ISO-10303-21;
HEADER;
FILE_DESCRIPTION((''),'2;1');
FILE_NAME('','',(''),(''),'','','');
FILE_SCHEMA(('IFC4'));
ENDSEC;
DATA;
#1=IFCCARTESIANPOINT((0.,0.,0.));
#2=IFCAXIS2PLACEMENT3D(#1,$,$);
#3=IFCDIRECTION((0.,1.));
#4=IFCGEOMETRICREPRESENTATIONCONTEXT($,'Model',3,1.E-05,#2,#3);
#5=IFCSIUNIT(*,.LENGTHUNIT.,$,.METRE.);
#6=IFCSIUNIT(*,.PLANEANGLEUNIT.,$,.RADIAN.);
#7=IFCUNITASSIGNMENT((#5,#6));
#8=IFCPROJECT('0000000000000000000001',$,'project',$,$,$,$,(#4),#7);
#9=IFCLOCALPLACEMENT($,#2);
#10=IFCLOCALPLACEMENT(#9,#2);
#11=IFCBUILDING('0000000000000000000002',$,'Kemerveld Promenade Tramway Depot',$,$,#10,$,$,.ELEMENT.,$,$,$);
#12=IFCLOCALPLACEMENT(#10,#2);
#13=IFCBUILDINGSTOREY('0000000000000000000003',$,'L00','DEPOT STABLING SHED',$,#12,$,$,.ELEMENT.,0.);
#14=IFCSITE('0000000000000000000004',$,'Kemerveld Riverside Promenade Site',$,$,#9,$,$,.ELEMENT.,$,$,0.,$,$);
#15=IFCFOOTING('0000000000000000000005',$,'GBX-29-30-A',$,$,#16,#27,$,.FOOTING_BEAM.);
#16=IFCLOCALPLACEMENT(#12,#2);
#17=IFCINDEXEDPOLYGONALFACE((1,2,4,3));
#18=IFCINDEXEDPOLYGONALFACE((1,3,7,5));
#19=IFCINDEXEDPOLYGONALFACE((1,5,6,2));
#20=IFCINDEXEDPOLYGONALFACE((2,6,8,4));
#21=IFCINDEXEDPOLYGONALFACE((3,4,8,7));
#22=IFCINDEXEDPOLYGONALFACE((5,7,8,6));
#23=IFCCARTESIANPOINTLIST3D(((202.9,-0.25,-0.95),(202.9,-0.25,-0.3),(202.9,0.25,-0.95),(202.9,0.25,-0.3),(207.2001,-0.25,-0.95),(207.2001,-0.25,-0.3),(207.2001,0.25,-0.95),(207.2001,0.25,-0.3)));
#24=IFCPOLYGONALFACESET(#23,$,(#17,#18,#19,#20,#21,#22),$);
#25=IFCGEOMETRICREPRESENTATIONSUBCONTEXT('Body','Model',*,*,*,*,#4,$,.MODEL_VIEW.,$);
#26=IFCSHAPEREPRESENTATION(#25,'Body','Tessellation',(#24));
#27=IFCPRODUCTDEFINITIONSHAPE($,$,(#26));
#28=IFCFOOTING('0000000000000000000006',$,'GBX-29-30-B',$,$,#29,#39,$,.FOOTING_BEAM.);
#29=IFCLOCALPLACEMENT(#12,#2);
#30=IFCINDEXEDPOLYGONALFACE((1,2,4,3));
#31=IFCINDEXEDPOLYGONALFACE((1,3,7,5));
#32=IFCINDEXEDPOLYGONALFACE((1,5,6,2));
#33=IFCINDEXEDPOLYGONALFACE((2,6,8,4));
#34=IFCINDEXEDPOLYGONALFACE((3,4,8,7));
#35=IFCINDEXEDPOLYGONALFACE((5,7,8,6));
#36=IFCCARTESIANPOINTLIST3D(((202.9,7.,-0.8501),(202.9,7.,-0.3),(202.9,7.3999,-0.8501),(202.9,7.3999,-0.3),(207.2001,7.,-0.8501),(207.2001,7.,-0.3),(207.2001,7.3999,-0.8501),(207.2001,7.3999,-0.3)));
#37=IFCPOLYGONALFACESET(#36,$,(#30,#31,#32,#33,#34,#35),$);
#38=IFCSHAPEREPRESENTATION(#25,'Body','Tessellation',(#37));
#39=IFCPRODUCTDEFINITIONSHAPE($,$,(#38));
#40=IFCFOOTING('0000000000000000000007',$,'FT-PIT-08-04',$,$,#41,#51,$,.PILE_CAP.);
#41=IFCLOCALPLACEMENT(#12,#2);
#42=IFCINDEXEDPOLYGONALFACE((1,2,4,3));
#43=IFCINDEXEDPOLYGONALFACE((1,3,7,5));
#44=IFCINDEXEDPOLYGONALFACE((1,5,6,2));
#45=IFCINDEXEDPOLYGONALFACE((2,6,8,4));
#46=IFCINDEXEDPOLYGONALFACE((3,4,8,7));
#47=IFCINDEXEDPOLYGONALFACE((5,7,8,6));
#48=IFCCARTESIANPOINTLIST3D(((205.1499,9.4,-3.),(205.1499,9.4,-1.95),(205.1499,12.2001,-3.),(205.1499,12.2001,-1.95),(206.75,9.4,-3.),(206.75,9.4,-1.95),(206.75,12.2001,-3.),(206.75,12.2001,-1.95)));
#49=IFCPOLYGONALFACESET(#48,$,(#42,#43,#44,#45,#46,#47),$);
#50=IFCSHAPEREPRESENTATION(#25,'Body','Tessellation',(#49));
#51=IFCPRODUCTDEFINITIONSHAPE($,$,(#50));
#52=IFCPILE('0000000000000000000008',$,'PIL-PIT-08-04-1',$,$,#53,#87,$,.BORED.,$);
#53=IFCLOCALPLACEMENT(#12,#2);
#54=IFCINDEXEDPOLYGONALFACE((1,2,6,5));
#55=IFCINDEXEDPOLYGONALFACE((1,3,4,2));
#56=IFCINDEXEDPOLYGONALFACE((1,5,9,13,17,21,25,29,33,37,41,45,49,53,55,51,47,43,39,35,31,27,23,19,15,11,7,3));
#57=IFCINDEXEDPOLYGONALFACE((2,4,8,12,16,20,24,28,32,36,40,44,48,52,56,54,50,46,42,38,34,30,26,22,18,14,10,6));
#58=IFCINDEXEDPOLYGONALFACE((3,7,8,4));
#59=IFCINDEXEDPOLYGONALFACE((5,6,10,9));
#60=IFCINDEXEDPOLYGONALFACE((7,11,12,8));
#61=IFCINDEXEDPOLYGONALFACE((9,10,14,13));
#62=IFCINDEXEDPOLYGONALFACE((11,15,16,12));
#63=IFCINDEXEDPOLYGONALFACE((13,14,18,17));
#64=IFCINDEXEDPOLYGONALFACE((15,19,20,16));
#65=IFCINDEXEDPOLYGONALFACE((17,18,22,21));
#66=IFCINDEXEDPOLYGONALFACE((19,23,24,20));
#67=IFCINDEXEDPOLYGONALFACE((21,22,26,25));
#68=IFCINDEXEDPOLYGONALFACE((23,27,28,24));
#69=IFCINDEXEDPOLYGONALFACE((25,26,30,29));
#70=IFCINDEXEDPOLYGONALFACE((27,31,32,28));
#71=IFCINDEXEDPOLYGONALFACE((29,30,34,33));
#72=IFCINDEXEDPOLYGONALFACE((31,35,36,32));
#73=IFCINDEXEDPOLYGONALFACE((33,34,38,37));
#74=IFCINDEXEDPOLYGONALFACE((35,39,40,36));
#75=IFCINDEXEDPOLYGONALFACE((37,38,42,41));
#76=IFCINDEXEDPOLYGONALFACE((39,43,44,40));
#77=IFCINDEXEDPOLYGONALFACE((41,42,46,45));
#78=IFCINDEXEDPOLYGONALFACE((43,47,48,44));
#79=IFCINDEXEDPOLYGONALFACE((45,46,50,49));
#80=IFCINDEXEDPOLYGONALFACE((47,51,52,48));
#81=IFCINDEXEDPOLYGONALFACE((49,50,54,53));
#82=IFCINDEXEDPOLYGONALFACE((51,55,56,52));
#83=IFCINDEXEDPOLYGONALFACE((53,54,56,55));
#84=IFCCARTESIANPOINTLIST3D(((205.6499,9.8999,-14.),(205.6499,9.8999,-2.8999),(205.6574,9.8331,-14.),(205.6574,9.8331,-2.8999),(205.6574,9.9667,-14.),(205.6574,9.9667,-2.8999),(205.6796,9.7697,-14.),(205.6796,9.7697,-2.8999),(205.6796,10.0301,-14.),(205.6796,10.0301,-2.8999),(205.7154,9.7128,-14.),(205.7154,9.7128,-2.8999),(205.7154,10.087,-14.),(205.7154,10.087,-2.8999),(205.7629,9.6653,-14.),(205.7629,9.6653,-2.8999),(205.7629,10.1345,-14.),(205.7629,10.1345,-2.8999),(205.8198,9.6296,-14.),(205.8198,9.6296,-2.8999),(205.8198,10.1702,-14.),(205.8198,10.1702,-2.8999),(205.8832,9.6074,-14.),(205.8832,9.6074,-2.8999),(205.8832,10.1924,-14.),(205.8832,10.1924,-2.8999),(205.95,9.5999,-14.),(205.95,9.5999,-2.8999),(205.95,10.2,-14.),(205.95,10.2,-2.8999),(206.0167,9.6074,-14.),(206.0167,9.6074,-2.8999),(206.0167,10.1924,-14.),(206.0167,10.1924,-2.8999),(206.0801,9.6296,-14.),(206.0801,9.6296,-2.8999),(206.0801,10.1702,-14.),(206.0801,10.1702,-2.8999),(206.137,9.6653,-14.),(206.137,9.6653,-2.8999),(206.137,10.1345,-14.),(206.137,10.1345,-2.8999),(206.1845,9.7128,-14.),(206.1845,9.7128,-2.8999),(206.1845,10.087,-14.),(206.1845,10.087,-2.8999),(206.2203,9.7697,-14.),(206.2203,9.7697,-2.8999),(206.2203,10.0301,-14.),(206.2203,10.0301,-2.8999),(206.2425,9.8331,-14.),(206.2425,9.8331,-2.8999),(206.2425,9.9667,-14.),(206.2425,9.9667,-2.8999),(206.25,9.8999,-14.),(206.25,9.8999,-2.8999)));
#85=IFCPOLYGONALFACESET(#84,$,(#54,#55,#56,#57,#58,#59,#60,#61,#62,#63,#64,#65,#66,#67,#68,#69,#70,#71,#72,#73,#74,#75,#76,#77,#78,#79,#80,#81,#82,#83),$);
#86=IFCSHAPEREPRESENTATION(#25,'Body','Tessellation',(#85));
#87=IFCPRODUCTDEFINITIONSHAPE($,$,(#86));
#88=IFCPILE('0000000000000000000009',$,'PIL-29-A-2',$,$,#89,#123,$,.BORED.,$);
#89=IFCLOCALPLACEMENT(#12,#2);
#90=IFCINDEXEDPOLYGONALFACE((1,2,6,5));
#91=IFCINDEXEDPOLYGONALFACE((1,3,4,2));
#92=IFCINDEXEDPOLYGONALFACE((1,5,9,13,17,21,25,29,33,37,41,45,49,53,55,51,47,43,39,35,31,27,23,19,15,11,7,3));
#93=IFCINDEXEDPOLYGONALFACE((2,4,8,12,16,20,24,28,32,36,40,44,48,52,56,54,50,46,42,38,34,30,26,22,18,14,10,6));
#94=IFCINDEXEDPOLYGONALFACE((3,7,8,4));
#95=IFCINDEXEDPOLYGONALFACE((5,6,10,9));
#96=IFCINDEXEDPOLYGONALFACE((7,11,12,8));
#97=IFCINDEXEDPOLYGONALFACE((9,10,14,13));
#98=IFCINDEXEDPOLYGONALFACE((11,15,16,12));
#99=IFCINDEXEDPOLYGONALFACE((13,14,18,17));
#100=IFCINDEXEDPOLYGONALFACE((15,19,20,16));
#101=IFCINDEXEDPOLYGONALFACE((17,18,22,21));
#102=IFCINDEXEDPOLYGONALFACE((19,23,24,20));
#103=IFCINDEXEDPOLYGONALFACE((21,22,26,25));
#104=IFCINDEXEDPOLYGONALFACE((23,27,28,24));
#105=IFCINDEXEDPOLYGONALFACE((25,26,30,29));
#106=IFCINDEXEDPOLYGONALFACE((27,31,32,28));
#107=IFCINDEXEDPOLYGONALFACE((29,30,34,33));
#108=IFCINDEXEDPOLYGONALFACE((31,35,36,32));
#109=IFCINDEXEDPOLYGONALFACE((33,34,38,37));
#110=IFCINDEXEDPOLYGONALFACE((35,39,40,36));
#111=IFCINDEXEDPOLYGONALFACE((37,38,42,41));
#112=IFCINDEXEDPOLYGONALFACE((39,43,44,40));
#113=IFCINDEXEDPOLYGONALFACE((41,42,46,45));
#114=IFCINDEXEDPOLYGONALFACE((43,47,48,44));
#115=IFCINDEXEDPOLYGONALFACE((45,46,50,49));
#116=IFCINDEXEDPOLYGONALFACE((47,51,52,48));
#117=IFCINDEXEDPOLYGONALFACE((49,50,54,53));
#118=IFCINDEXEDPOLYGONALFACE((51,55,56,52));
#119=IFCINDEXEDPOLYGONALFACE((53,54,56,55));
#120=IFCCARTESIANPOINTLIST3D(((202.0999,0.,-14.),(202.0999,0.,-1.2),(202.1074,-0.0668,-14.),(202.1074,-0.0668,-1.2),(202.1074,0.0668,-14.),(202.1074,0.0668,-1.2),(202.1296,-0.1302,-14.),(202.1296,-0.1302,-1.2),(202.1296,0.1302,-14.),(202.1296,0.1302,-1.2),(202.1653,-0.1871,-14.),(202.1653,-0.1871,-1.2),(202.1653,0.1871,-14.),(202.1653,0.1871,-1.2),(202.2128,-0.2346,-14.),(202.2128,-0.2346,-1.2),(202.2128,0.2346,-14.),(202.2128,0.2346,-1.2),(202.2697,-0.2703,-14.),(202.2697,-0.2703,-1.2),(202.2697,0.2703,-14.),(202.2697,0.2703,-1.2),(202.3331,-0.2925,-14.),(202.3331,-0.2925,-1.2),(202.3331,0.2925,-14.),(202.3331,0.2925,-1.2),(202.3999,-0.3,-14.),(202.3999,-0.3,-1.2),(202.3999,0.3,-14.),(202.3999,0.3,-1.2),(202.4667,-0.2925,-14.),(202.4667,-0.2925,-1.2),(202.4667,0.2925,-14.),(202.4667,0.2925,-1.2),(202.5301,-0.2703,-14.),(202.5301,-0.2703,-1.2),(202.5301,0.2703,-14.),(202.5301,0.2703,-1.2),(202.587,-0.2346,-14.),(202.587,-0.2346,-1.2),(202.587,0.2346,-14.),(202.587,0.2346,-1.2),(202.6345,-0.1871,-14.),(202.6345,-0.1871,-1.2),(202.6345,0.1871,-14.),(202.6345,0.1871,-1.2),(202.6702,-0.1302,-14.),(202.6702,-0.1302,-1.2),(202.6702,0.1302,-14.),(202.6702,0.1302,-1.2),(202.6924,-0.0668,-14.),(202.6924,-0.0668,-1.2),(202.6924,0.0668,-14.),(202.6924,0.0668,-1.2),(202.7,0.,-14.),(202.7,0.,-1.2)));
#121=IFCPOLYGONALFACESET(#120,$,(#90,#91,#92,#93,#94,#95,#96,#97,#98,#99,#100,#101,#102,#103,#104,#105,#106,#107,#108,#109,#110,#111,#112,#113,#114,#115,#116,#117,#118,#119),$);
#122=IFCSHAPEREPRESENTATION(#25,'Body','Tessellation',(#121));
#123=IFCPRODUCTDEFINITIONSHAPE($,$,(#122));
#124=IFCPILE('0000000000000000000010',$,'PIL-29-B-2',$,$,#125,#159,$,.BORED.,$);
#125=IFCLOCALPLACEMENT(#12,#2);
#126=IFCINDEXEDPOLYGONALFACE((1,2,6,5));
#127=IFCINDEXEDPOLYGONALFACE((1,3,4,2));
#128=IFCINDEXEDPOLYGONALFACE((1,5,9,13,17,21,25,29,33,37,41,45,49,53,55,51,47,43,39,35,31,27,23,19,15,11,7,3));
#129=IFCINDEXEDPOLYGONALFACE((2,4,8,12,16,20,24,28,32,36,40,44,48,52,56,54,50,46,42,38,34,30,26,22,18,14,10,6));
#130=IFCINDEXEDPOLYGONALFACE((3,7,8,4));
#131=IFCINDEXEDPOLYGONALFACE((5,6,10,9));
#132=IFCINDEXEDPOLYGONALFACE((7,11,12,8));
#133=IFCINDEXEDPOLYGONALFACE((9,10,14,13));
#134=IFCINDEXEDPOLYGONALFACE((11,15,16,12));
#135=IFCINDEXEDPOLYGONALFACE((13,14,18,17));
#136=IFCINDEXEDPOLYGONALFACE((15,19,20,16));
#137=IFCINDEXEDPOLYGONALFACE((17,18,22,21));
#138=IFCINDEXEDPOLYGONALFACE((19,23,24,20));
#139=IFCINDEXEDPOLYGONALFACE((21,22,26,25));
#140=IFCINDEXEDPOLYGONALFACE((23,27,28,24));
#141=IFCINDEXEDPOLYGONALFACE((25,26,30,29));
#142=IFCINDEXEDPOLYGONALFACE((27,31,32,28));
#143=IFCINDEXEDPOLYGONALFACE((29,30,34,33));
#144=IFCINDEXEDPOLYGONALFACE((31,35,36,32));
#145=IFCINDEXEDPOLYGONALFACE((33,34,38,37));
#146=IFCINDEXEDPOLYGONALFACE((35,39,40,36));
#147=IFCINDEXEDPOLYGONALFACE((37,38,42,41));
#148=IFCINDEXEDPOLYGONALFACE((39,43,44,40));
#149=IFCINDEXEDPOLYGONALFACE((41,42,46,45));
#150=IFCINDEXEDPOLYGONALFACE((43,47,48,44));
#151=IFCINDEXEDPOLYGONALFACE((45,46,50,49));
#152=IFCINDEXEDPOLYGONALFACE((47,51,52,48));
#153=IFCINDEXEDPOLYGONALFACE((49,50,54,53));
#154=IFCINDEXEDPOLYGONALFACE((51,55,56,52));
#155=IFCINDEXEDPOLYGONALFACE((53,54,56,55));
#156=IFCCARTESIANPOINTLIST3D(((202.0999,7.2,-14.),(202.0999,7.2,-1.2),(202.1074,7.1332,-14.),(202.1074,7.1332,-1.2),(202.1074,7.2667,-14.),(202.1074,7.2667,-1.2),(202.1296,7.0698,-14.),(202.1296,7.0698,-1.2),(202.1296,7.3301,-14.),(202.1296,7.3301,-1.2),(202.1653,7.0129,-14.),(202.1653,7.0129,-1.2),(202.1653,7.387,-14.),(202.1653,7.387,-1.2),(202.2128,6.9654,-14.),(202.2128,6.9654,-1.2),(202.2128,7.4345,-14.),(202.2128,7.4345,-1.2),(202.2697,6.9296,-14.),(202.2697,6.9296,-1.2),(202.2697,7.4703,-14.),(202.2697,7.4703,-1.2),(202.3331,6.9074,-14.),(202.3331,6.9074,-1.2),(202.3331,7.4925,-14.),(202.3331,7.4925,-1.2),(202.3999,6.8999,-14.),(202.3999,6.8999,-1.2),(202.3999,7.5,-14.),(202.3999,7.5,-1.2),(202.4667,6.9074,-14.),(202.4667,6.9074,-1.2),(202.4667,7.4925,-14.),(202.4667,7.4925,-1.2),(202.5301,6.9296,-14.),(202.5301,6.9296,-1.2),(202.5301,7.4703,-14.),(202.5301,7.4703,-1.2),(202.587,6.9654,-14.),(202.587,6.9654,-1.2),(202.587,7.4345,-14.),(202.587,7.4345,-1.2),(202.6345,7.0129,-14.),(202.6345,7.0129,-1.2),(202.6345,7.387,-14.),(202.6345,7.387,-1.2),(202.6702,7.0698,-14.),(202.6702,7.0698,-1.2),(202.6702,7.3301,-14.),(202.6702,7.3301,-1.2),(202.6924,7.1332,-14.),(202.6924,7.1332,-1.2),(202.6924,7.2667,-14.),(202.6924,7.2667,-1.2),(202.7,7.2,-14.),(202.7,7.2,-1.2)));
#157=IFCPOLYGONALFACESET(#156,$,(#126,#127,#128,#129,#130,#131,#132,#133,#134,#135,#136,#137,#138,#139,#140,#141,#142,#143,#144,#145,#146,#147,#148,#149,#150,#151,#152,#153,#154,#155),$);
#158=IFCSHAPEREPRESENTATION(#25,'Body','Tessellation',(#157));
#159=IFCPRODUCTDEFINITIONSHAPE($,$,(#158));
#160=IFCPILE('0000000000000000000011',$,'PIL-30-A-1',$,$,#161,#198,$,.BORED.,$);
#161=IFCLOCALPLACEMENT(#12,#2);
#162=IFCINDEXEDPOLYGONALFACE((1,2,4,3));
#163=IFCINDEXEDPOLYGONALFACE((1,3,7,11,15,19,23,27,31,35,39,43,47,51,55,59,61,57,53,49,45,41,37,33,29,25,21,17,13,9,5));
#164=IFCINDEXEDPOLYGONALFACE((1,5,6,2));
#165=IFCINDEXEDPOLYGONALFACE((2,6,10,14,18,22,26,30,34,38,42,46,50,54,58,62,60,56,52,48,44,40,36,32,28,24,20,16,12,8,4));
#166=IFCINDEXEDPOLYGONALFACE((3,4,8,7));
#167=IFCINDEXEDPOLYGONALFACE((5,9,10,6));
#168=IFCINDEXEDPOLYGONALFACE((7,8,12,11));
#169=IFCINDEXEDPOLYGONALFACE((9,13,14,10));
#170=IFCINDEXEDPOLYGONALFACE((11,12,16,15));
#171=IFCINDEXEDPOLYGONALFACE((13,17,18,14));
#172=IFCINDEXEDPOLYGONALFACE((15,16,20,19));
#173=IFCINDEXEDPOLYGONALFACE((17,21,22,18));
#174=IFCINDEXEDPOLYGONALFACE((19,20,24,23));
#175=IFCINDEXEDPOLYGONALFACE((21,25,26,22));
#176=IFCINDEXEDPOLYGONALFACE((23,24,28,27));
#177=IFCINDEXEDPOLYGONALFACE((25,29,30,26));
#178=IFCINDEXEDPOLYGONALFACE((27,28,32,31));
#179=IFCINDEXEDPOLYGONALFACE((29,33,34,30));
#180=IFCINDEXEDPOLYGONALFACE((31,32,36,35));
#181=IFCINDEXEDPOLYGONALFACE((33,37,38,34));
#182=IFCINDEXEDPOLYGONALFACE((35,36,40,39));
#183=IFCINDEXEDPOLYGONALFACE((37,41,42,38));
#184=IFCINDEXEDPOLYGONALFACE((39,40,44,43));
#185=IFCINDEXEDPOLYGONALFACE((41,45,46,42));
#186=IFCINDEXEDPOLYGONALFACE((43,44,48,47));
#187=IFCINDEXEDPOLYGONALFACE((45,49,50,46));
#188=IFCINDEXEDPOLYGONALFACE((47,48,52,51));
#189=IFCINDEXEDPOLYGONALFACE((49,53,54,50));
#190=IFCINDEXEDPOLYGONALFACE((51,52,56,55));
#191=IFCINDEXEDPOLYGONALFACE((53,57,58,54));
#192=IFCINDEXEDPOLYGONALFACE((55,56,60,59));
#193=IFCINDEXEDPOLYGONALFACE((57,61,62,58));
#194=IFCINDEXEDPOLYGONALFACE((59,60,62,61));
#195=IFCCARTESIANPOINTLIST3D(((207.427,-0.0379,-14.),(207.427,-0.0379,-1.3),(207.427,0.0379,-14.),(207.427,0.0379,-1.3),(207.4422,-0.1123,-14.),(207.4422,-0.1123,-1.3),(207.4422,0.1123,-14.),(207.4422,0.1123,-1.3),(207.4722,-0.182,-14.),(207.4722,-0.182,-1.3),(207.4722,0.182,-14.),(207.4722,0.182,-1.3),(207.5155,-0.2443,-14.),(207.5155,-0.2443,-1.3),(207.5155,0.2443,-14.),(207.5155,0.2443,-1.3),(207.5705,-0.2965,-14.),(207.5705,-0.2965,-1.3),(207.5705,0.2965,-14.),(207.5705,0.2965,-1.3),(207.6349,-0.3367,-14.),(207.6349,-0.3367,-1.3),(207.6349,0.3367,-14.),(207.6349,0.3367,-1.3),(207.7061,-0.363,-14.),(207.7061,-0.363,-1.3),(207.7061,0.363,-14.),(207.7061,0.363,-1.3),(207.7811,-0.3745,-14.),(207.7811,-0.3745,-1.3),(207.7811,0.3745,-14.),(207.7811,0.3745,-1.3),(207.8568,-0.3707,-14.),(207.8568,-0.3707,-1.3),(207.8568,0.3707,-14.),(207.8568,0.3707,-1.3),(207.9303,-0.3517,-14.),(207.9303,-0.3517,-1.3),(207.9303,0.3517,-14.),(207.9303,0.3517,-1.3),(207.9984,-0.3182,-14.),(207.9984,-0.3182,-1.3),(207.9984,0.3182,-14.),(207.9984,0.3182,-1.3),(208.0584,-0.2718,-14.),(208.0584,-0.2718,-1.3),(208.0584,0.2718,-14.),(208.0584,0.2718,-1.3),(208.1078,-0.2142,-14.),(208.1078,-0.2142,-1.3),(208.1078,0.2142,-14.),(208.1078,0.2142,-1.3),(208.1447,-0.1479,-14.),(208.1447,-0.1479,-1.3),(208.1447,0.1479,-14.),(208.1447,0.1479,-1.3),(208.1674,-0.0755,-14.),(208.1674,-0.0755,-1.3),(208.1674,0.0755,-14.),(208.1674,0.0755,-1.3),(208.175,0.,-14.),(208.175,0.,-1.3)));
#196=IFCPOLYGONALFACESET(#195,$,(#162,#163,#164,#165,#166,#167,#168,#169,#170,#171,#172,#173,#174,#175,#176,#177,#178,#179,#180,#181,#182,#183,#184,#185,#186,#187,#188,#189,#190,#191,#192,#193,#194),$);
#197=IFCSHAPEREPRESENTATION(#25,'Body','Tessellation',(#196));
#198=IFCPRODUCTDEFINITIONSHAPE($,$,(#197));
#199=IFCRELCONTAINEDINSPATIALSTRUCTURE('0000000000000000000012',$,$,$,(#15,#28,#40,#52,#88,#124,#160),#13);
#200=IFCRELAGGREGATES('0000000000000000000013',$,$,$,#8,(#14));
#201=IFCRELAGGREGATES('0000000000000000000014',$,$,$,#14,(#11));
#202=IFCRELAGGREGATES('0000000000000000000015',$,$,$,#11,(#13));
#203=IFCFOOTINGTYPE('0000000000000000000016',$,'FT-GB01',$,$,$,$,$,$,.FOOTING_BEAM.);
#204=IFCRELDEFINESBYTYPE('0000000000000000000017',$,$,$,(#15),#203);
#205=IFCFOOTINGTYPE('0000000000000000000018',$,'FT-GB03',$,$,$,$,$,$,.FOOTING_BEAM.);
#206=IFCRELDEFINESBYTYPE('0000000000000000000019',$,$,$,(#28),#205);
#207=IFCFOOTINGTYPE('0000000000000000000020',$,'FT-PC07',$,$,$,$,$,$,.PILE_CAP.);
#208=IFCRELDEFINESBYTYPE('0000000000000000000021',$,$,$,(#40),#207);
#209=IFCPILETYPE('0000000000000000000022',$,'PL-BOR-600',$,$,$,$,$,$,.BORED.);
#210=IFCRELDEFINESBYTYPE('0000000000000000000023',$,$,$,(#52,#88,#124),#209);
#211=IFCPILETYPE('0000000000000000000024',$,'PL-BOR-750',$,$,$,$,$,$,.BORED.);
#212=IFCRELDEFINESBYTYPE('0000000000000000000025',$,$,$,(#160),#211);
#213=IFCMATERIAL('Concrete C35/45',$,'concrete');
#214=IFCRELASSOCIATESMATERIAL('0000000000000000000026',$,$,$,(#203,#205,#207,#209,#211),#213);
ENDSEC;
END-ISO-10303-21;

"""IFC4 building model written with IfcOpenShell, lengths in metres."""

from ifc_helpers import new_model, si_unit, direction, frame, origin, origin_2d, place, context, subcontext, project, spatial, rectangle, circle, extrude, material, material_profile, profile_set, type_object, element, save


model = new_model("IFC4")

# Units and contexts
model_context = context("Model", 3, precision=1e-05, world=origin(), true_north=direction((0.0, 1.0)))
body_context = subcontext(model_context, "Body", "Model", "MODEL_VIEW")
ifc_project = project(units=[si_unit("LENGTHUNIT", "METRE"), si_unit("PLANEANGLEUNIT", "RADIAN")], contexts=[model_context])

# Site, building, storey
site_placement = place(None, origin())
site = spatial("IfcSite", under=ifc_project, at=site_placement, Name="Kemerveld Riverside Promenade Site", CompositionType="ELEMENT", RefElevation=0.0)
building_placement = place(site_placement, origin())
building = spatial("IfcBuilding", under=site, at=building_placement, Name="Kemerveld Promenade Tramway Depot", CompositionType="ELEMENT")
storey_placement = place(building_placement, origin())
storey = spatial("IfcBuildingStorey", under=building, at=storey_placement, Name="L00", Description="DEPOT STABLING SHED", CompositionType="ELEMENT", Elevation=0.0)

# Footings
ifc_material_1 = material(Name="Concrete C35/45", Category="concrete")
footing_type_1 = type_object("IfcFootingType", Name="FT-GB01", PredefinedType="FOOTING_BEAM", material=ifc_material_1)
footing_1_placement = place(storey_placement, frame((205.05, 0.0, -0.95), z_axis=(0.0, 0.0, 1.0), x_axis=(1.0, 0.0, 0.0)))
element("IfcFooting", 1, at=footing_1_placement, inside=storey, type_object=footing_type_1, Name="GBX-29-30-A", PredefinedType="FOOTING_BEAM", context=body_context, shape_type="SweptSolid", body=[
    extrude(rectangle(XDim=4.3, YDim=0.5, at=origin_2d()), origin(), (0.0, 0.0, 1.0), 0.6499),
])
footing_type_2 = type_object("IfcFootingType", Name="FT-GB03", PredefinedType="FOOTING_BEAM", material=ifc_material_1)
footing_2_placement = place(storey_placement, frame((205.05, 7.2, -0.8501), z_axis=(0.0, 0.0, 1.0), x_axis=(1.0, 0.0, 0.0)))
element("IfcFooting", 2, at=footing_2_placement, inside=storey, type_object=footing_type_2, Name="GBX-29-30-B", PredefinedType="FOOTING_BEAM", context=body_context, shape_type="SweptSolid", body=[
    extrude(rectangle(XDim=4.3, YDim=0.3999, at=origin_2d()), origin(), (0.0, 0.0, 1.0), 0.55),
])
footing_type_3 = type_object("IfcFootingType", Name="FT-PC07", PredefinedType="PILE_CAP", material=ifc_material_1)
footing_3_placement = place(storey_placement, frame((205.95, 10.8, -3.0), z_axis=(0.0, 0.0, 1.0), x_axis=(1.0, 0.0, 0.0)))
element("IfcFooting", 3, at=footing_3_placement, inside=storey, type_object=footing_type_3, Name="FT-PIT-08-04", PredefinedType="PILE_CAP", context=body_context, shape_type="SweptSolid", body=[
    extrude(rectangle(XDim=1.6001, YDim=2.8, at=origin_2d()), origin(), (0.0, 0.0, 1.0), 1.05),
])

# Piles
ifc_material_profile_1 = material_profile(ifc_material_1, circle(Radius=0.3, at=origin_2d()), Name="PILE-D600")
ifc_profile_set_1 = profile_set([ifc_material_profile_1], Name="Concrete C35/45")
pile_type_1 = type_object("IfcPileType", Name="PL-BOR-600", PredefinedType="BORED", material=ifc_profile_set_1)
pile_placement = place(storey_placement, frame((205.95, 9.8999, -2.8999), z_axis=(0.0, 0.0, -1.0), x_axis=(1.0, 0.0, 0.0)))
element("IfcPile", 4, at=pile_placement, inside=storey, type_object=pile_type_1, Name="PIL-PIT-08-04-1", PredefinedType="BORED", context=body_context, shape_type="SweptSolid", body=[
    extrude(circle(Radius=0.3, at=origin_2d()), origin(), (0.0, 0.0, 1.0), 11.1001),
])
for number, where, z_axis, x_axis, name in (
    (5, (202.3999, 0.0, -1.2), (0.0, 0.0, -1.0), (1.0, 0.0, 0.0), "PIL-29-A-2"),
    (6, (202.3999, 7.2, -1.2), (0.0, 0.0, -1.0), (1.0, 0.0, 0.0), "PIL-29-B-2"),
):
    element("IfcPile", number, at=place(storey_placement, frame(where, z_axis=z_axis, x_axis=x_axis)), inside=storey, type_object=pile_type_1, Name=name, PredefinedType="BORED", context=body_context, shape_type="SweptSolid", body=[
        extrude(circle(Radius=0.3, at=origin_2d()), origin(), (0.0, 0.0, 1.0), 12.8),
    ])
ifc_material_profile_2 = material_profile(ifc_material_1, circle(Radius=0.375, at=origin_2d()), Name="PILE-D750")
ifc_profile_set_2 = profile_set([ifc_material_profile_2], Name="Concrete C35/45")
pile_type_2 = type_object("IfcPileType", Name="PL-BOR-750", PredefinedType="BORED", material=ifc_profile_set_2)
for number, where, z_axis, x_axis, name in (
    (7, (207.8, 0.0, -1.3), (0.0, 0.0, -1.0), (1.0, 0.0, 0.0), "PIL-30-A-1"),
):
    element("IfcPile", number, at=place(storey_placement, frame(where, z_axis=z_axis, x_axis=x_axis)), inside=storey, type_object=pile_type_2, Name=name, PredefinedType="BORED", context=body_context, shape_type="SweptSolid", body=[
        extrude(circle(Radius=0.375, at=origin_2d()), origin(), (0.0, 0.0, 1.0), 12.7),
    ])

save(model, "model.ifc")
